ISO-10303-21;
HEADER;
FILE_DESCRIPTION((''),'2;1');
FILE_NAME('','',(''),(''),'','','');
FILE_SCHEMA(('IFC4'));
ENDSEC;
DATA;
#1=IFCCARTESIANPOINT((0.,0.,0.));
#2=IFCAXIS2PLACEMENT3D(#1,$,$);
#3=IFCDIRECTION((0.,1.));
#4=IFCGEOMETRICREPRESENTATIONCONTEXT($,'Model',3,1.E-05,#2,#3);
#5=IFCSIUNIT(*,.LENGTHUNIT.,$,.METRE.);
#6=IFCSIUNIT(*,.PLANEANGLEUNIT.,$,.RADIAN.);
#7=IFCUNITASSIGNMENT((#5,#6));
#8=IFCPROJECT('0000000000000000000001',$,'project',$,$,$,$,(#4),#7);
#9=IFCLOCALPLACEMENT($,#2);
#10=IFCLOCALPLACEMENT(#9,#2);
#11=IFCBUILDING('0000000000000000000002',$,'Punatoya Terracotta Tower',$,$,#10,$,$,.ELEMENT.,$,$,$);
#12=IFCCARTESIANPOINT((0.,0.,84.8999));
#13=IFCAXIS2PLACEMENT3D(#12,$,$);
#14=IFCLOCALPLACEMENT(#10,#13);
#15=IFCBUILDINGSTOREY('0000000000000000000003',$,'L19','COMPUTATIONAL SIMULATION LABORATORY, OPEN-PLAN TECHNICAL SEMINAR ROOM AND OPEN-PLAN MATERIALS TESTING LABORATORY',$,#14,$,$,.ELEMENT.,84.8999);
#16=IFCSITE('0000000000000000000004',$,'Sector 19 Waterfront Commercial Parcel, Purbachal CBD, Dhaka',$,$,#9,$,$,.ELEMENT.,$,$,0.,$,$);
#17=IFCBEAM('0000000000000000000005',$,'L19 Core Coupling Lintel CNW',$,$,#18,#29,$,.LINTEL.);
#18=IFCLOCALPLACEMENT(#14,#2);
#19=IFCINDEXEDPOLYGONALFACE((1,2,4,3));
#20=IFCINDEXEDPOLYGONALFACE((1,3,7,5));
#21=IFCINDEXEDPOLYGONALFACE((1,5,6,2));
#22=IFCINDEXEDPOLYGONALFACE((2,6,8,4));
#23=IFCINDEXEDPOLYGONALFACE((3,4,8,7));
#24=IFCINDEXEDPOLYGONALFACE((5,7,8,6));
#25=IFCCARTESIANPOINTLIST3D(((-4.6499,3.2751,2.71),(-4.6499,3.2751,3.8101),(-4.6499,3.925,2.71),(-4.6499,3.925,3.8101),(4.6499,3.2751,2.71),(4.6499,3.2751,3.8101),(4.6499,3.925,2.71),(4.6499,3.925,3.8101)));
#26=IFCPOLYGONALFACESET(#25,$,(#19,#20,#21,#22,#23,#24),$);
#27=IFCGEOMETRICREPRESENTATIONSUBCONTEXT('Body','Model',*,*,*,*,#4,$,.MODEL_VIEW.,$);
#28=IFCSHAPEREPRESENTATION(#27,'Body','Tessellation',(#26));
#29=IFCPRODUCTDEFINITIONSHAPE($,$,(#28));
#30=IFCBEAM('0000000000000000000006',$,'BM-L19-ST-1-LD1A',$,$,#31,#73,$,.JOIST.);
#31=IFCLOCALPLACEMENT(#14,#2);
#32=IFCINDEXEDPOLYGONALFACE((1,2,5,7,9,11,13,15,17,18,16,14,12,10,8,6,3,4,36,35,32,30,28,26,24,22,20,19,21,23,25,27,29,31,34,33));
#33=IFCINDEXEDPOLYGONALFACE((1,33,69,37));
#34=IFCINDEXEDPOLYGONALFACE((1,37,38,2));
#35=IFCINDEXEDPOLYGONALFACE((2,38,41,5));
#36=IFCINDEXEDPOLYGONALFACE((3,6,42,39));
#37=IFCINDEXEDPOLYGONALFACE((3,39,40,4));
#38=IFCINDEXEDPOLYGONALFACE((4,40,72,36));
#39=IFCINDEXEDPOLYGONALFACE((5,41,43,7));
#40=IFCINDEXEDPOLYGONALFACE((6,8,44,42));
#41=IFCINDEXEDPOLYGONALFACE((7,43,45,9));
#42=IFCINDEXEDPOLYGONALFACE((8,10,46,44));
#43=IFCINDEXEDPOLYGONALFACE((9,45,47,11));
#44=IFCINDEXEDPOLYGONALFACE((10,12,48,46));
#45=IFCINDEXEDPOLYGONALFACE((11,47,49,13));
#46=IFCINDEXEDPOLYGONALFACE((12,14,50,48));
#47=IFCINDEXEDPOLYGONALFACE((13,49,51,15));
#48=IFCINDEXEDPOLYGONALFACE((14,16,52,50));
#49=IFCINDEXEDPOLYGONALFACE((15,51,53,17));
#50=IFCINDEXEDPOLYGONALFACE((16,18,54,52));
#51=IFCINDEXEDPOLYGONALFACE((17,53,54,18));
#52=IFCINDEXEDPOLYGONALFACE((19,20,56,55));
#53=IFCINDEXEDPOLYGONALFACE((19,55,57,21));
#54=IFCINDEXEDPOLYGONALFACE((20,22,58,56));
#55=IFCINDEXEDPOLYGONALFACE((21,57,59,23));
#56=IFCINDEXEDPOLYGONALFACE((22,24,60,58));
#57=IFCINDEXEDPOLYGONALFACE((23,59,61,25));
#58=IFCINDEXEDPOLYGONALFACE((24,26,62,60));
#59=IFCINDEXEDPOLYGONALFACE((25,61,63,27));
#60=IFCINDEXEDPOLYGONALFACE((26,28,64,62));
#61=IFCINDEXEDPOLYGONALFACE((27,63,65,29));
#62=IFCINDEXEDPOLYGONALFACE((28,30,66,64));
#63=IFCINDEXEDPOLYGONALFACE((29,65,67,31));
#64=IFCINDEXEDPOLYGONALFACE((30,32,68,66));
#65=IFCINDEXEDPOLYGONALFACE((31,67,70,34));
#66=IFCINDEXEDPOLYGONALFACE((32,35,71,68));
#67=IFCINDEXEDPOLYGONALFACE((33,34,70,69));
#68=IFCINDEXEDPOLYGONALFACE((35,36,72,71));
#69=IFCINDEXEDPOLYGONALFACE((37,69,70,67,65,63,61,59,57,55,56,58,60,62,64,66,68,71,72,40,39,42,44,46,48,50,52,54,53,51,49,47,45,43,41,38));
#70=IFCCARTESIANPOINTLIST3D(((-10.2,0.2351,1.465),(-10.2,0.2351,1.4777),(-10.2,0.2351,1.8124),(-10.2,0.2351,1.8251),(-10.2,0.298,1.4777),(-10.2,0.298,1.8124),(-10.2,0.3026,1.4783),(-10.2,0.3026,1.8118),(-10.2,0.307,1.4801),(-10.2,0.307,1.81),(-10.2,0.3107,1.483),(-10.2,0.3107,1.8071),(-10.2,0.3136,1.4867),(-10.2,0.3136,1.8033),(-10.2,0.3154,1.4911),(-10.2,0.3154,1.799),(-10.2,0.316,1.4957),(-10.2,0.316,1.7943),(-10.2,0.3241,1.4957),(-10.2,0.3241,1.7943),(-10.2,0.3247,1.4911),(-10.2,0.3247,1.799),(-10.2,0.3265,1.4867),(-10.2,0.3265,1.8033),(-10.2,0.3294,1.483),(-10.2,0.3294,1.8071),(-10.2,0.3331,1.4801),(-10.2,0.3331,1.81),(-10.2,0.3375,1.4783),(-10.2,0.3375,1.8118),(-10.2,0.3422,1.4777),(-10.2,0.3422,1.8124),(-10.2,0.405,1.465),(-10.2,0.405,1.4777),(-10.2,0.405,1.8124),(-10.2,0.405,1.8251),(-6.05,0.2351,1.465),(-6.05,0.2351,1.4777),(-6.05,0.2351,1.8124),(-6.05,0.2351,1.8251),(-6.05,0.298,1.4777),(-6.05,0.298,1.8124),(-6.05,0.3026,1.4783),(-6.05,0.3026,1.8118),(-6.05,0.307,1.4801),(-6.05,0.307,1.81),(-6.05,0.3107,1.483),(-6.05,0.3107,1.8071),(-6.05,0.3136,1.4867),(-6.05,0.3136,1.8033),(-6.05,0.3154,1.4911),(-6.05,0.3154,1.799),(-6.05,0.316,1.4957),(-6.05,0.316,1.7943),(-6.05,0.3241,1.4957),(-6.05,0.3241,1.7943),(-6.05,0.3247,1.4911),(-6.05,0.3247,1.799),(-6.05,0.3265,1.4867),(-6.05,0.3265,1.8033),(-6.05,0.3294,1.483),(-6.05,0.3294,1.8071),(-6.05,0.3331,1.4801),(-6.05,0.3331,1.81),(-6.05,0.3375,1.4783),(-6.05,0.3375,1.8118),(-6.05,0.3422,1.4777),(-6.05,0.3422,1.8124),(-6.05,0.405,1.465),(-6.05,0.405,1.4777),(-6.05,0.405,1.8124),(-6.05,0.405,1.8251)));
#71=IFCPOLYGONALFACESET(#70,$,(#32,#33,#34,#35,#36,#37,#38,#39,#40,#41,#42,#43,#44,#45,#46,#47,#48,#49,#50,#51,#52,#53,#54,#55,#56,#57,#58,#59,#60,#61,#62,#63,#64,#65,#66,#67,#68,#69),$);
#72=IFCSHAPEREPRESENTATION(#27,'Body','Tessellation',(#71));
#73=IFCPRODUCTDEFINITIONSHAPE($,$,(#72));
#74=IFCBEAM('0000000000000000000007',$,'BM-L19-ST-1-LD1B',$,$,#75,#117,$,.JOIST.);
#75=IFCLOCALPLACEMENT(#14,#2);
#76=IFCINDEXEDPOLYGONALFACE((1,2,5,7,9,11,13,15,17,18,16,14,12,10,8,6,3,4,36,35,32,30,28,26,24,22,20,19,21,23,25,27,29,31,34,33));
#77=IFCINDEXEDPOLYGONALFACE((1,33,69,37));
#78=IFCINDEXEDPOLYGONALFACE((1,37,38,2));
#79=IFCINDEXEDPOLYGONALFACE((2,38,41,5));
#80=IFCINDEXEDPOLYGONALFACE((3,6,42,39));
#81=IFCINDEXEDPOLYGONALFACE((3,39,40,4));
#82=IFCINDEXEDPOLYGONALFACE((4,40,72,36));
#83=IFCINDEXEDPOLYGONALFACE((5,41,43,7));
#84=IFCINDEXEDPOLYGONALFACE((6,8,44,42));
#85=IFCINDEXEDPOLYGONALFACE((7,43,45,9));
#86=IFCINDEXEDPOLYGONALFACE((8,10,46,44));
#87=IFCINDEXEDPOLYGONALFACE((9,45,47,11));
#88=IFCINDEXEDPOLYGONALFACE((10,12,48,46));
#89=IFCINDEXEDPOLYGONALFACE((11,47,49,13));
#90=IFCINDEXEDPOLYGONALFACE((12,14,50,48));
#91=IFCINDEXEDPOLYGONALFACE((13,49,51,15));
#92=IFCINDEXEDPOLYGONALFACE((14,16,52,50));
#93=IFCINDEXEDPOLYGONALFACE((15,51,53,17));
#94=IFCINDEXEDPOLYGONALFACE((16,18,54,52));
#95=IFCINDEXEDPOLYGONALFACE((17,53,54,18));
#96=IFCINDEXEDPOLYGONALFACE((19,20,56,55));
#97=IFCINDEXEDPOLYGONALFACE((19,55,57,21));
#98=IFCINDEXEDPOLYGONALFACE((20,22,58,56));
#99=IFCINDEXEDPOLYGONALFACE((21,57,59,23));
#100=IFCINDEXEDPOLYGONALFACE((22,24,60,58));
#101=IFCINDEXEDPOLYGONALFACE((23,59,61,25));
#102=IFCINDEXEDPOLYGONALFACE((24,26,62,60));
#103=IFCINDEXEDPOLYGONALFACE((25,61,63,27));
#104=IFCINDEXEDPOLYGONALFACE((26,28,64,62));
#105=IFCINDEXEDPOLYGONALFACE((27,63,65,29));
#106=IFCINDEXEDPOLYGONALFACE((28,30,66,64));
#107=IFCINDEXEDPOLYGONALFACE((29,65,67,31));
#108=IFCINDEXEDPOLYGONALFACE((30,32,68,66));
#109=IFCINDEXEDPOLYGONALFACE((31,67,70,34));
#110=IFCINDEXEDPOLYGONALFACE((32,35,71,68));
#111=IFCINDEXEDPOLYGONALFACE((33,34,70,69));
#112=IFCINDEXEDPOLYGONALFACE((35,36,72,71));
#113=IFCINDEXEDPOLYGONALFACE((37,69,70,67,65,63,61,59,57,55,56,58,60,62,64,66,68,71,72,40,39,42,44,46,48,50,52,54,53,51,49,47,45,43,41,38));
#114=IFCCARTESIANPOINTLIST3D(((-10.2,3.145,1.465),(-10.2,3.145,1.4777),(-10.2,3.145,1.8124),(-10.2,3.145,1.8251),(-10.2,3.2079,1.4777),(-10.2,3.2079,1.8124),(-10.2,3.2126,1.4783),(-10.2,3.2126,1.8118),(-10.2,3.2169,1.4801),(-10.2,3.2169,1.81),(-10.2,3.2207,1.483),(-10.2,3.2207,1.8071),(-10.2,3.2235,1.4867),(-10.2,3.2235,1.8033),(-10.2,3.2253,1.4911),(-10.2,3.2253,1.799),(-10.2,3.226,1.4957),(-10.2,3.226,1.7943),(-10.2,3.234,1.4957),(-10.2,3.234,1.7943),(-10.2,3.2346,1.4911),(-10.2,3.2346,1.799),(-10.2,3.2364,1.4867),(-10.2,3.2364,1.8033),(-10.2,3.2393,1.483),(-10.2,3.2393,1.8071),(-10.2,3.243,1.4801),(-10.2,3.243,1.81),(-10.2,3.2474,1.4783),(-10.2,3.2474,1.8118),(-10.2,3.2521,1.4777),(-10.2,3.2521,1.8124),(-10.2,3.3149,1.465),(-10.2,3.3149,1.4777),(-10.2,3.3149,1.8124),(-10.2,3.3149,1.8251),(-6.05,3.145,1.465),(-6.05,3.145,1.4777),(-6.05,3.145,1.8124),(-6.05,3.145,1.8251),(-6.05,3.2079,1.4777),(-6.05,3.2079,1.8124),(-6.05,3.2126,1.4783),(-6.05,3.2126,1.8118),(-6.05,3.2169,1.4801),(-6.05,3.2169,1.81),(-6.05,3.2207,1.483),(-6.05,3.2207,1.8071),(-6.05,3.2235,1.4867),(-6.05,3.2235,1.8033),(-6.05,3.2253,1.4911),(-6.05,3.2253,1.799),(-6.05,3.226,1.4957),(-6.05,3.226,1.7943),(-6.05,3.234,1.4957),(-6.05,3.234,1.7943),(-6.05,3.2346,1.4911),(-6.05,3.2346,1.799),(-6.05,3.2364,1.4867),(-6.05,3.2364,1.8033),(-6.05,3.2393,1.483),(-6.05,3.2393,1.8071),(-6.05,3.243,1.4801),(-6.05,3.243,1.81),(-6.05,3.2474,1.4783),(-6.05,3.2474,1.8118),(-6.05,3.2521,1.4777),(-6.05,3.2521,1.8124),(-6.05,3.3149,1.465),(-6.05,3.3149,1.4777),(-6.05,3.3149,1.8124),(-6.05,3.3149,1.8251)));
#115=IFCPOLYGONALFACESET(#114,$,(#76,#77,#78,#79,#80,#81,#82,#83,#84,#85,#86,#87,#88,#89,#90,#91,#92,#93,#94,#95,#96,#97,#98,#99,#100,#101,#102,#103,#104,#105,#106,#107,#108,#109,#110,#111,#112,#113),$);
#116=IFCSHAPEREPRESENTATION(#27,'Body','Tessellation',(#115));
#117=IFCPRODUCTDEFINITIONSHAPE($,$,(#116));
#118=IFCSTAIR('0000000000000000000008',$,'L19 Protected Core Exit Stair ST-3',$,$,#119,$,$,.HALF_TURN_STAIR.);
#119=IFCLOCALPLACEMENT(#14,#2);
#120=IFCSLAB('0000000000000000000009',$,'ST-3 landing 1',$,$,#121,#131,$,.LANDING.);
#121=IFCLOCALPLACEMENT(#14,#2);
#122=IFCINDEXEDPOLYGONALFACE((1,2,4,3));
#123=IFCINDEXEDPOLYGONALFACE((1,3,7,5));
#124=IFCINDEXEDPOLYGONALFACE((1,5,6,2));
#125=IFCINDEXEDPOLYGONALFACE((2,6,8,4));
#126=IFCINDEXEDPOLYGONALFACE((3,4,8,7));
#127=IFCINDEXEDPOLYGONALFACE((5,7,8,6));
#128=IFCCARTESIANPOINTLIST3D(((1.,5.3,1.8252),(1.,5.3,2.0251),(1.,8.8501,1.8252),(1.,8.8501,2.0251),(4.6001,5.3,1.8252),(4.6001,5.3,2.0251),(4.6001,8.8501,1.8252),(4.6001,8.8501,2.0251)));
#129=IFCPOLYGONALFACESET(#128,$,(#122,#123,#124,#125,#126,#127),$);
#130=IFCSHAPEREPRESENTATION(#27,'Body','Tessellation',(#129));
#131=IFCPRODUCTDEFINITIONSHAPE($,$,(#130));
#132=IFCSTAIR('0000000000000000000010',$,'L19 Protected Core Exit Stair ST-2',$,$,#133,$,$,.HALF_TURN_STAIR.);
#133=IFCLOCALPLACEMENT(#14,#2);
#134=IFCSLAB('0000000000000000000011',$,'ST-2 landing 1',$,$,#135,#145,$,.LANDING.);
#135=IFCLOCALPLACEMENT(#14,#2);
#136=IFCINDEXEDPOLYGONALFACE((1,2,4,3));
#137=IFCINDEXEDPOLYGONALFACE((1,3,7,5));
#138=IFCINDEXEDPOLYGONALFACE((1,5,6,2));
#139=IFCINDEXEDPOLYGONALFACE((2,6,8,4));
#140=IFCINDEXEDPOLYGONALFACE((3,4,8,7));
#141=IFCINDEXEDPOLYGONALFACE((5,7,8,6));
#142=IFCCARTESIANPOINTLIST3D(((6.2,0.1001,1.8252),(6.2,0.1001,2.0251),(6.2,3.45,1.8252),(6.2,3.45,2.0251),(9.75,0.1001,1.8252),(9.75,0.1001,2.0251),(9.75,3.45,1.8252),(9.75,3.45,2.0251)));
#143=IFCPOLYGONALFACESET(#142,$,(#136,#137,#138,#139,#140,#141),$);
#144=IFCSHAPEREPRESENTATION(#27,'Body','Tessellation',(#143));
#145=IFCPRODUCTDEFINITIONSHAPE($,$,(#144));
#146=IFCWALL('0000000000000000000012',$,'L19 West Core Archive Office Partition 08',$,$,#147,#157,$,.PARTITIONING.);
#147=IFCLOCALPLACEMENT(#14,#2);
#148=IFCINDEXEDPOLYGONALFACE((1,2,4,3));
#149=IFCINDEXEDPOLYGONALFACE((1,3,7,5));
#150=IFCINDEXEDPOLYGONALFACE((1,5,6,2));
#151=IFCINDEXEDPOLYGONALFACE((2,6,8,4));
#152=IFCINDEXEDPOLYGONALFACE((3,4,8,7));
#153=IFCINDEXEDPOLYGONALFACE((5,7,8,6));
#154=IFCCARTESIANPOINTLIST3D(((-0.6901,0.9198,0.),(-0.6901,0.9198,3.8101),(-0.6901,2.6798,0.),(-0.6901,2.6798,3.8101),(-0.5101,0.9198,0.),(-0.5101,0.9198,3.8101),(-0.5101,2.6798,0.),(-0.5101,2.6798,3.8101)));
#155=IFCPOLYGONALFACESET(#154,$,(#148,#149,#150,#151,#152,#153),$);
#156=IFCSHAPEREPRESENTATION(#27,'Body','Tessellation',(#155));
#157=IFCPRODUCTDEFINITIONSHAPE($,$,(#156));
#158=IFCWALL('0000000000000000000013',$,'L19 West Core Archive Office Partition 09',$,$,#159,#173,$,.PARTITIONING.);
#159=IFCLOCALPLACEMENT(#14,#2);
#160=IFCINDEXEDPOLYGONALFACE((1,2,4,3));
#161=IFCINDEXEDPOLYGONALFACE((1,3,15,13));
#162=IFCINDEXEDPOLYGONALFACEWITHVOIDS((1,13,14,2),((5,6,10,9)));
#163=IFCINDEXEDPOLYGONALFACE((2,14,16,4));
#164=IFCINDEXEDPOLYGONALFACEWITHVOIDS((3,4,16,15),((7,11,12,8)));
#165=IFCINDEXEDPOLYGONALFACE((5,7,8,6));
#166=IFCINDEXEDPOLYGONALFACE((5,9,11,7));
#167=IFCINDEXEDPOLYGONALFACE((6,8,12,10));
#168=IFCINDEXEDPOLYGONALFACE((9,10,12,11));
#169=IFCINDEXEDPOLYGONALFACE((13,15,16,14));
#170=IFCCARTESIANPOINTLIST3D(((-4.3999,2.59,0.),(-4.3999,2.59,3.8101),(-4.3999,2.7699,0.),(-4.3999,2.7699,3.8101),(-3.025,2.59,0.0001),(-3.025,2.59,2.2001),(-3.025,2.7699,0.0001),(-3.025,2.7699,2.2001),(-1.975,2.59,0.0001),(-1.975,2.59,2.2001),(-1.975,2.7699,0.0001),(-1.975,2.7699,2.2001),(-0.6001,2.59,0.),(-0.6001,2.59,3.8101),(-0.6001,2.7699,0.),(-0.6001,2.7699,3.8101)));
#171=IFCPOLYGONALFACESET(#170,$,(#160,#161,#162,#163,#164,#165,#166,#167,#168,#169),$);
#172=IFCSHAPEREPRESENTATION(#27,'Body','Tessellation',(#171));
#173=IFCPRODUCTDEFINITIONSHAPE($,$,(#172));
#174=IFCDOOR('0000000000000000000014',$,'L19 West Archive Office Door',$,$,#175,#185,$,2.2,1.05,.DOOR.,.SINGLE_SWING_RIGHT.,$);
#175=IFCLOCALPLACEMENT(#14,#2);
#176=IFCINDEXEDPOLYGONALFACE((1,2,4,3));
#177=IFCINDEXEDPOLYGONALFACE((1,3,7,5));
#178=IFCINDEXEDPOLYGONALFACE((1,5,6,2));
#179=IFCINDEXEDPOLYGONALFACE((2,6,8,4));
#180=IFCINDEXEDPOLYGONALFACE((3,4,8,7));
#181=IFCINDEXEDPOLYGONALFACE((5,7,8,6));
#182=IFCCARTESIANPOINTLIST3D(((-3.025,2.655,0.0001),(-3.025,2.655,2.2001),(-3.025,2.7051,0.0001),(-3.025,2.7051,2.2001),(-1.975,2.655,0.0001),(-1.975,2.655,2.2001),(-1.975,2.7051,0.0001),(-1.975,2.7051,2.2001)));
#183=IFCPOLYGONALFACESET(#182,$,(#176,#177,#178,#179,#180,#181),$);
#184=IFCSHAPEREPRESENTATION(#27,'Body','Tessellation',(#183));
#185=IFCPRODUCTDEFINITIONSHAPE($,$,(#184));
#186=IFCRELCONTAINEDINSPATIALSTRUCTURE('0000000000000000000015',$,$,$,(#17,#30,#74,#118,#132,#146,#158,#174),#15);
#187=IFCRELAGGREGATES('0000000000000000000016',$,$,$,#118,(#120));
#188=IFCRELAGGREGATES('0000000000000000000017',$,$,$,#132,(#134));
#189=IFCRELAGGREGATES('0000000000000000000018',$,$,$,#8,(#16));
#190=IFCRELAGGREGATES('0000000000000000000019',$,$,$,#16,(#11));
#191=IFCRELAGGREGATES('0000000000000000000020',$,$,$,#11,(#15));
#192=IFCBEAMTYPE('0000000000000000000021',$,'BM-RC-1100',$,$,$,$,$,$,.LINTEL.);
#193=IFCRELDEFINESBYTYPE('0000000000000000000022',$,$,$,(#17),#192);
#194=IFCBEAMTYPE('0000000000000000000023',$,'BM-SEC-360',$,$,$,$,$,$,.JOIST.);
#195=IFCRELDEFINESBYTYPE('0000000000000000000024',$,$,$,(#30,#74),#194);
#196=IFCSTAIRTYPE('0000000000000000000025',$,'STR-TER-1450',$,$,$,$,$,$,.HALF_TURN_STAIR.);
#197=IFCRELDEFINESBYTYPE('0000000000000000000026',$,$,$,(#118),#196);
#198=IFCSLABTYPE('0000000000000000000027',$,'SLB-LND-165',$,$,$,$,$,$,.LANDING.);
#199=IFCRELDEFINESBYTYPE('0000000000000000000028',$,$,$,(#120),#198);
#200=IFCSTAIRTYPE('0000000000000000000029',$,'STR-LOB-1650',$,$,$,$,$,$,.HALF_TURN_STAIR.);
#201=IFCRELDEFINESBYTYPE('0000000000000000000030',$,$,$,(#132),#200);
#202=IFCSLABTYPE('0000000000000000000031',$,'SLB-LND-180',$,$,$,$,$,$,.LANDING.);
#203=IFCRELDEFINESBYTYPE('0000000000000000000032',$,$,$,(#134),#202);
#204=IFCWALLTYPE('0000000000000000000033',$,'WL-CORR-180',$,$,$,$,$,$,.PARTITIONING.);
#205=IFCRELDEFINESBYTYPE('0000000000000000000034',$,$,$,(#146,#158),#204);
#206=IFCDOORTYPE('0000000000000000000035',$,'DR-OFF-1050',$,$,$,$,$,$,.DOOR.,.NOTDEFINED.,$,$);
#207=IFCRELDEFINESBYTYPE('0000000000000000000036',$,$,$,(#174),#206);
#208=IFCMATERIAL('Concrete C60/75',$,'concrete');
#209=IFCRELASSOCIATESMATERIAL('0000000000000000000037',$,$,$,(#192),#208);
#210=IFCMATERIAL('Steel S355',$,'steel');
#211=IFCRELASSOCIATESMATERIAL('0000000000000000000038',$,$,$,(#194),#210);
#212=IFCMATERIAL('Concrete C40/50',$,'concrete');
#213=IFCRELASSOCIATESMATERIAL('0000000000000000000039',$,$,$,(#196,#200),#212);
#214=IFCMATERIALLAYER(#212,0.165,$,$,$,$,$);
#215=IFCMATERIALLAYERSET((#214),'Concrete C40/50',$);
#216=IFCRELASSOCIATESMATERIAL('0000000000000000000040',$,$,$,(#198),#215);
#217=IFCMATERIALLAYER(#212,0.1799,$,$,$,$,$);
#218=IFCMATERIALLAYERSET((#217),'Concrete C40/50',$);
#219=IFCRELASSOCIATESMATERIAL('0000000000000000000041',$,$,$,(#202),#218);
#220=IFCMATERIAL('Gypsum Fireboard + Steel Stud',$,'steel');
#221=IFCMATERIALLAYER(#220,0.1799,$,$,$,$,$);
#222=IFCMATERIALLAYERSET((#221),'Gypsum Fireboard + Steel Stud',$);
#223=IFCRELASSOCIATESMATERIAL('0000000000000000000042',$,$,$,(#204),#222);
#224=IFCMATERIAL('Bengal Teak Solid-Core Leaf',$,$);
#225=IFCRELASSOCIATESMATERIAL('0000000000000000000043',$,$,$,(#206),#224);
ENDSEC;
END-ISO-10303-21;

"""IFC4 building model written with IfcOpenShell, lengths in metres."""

from ifc_helpers import new_model, si_unit, direction, frame, frame_2d, origin, origin_2d, place, context, subcontext, project, spatial, polyline, rectangle, i_section, outline, extrude, material, layer, layer_set, material_profile, profile_set, type_object, element, fill, aggregate, save


model = new_model("IFC4")

# Units and contexts
model_context = context("Model", 3, precision=1e-05, world=origin(), true_north=direction((0.0, 1.0)))
body_context = subcontext(model_context, "Body", "Model", "MODEL_VIEW")
ifc_project = project(units=[si_unit("LENGTHUNIT", "METRE"), si_unit("PLANEANGLEUNIT", "RADIAN")], contexts=[model_context])

# Site, building, storey
site_placement = place(None, origin())
site = spatial("IfcSite", under=ifc_project, at=site_placement, Name="Sector 19 Waterfront Commercial Parcel, Purbachal CBD, Dhaka", CompositionType="ELEMENT", RefElevation=0.0)
building_placement = place(site_placement, origin())
building = spatial("IfcBuilding", under=site, at=building_placement, Name="Punatoya Terracotta Tower", CompositionType="ELEMENT")
storey_placement = place(building_placement, frame((0.0, 0.0, 84.8999)))
storey = spatial("IfcBuildingStorey", under=building, at=storey_placement, Name="L19", Description="COMPUTATIONAL SIMULATION LABORATORY, OPEN-PLAN TECHNICAL SEMINAR ROOM AND OPEN-PLAN MATERIALS TESTING LABORATORY", CompositionType="ELEMENT", Elevation=84.8999)

# Beams
ifc_material_1 = material(Name="Concrete C60/75", Category="concrete")
ifc_material_profile_1 = material_profile(ifc_material_1, rectangle(XDim=0.6499, YDim=1.1001, at=origin_2d()))
ifc_profile_set_1 = profile_set([ifc_material_profile_1], Name="Concrete C60/75")
beam_type_1 = type_object("IfcBeamType", Name="BM-RC-1100", PredefinedType="LINTEL", material=ifc_profile_set_1)
beam_placement = place(storey_placement, frame((-4.6499, 3.6001, 3.26), z_axis=(1.0, 0.0, 0.0), x_axis=(0.0, 1.0, 0.0)))
element("IfcBeam", 1, at=beam_placement, inside=storey, type_object=beam_type_1, Name="L19 Core Coupling Lintel CNW", PredefinedType="LINTEL", context=body_context, shape_type="SweptSolid", body=[
    extrude(rectangle(XDim=0.6499, YDim=1.1001, at=origin_2d()), origin(), (0.0, 0.0, 1.0), 9.2998),
])
ifc_material_2 = material(Name="Steel S355", Category="steel")
ifc_material_profile_2 = material_profile(ifc_material_2, i_section(OverallWidth=0.1699, OverallDepth=0.3601, WebThickness=0.0081, FlangeThickness=0.0127, FilletRadius=0.0181, at=origin_2d()))
ifc_profile_set_2 = profile_set([ifc_material_profile_2], Name="Steel S355")
beam_type_2 = type_object("IfcBeamType", Name="BM-SEC-360", PredefinedType="JOIST", material=ifc_profile_set_2)
for number, where, z_axis, x_axis, name in (
    (2, (-10.2, 0.3201, 1.645), (1.0, 0.0, 0.0), (0.0, 1.0, 0.0), "BM-L19-ST-1-LD1A"),
    (3, (-10.2, 3.23, 1.645), (1.0, 0.0, 0.0), (0.0, 1.0, 0.0), "BM-L19-ST-1-LD1B"),
):
    element("IfcBeam", number, at=place(storey_placement, frame(where, z_axis=z_axis, x_axis=x_axis)), inside=storey, type_object=beam_type_2, Name=name, PredefinedType="JOIST", context=body_context, shape_type="SweptSolid", body=[
        extrude(i_section(OverallWidth=0.1699, OverallDepth=0.3601, WebThickness=0.0081, FlangeThickness=0.0127, FilletRadius=0.0181, at=origin_2d()), origin(), (0.0, 0.0, 1.0), 4.1499),
    ])

# Stairs, slabs
ifc_material_3 = material(Name="Concrete C40/50", Category="concrete")
stair_type_1 = type_object("IfcStairType", Name="STR-TER-1450", PredefinedType="HALF_TURN_STAIR", material=ifc_material_3)
stair_1_placement = place(storey_placement, origin())
stair_1 = element("IfcStair", 4, at=stair_1_placement, inside=storey, type_object=stair_type_1, Name="L19 Protected Core Exit Stair ST-3", PredefinedType="HALF_TURN_STAIR")
ifc_layer_1 = layer(ifc_material_3, 0.165)
ifc_layer_set_1 = layer_set([ifc_layer_1], Name="Concrete C40/50")
slab_type_1 = type_object("IfcSlabType", Name="SLB-LND-165", PredefinedType="LANDING", material=ifc_layer_set_1)
slab_1_placement = place(storey_placement, frame((0.0, 0.0, 1.8252)))
slab_1 = element("IfcSlab", 5, at=slab_1_placement, type_object=slab_type_1, Name="ST-3 landing 1", PredefinedType="LANDING", context=body_context, shape_type="SweptSolid", body=[
    extrude(outline(polyline([(1.0, 5.3), (4.6001, 5.3), (4.6001, 8.8501), (1.0, 8.8501), (1.0, 5.3)])), origin(), (0.0, 0.0, 1.0), 0.2),
])
aggregate(stair_1, [slab_1])
stair_type_2 = type_object("IfcStairType", Name="STR-LOB-1650", PredefinedType="HALF_TURN_STAIR", material=ifc_material_3)
stair_2_placement = place(storey_placement, origin())
stair_2 = element("IfcStair", 6, at=stair_2_placement, inside=storey, type_object=stair_type_2, Name="L19 Protected Core Exit Stair ST-2", PredefinedType="HALF_TURN_STAIR")
ifc_layer_2 = layer(ifc_material_3, 0.1799)
ifc_layer_set_2 = layer_set([ifc_layer_2], Name="Concrete C40/50")
slab_type_2 = type_object("IfcSlabType", Name="SLB-LND-180", PredefinedType="LANDING", material=ifc_layer_set_2)
slab_2_placement = place(storey_placement, frame((0.0, 0.0, 1.8252)))
slab_2 = element("IfcSlab", 7, at=slab_2_placement, type_object=slab_type_2, Name="ST-2 landing 1", PredefinedType="LANDING", context=body_context, shape_type="SweptSolid", body=[
    extrude(outline(polyline([(9.75, 0.1001), (9.75, 3.45), (6.2, 3.45), (6.2, 0.1001), (9.75, 0.1001)])), origin(), (0.0, 0.0, 1.0), 0.2),
])
aggregate(stair_2, [slab_2])

# Wall
ifc_material_4 = material(Name="Gypsum Fireboard + Steel Stud", Category="steel")
ifc_layer_3 = layer(ifc_material_4, 0.1799)
ifc_layer_set_3 = layer_set([ifc_layer_3], Name="Gypsum Fireboard + Steel Stud")
wall_type_1 = type_object("IfcWallType", Name="WL-CORR-180", PredefinedType="PARTITIONING", material=ifc_layer_set_3)
wall_1_placement = place(storey_placement, frame((-0.6001, 0.9199, 0.0), z_axis=(0.0, 0.0, 1.0), x_axis=(0.0, 1.0, 0.0)))
element("IfcWall", 8, at=wall_1_placement, inside=storey, type_object=wall_type_1, Name="L19 West Core Archive Office Partition 08", PredefinedType="PARTITIONING", context=body_context, shape_type="SweptSolid", body=[
    extrude(rectangle(XDim=1.76, YDim=0.1799, at=frame_2d((0.8799, 0.0))), origin(), (0.0, 0.0, 1.0), 3.8101),
])

# Wall, opening, door
wall_2_placement = place(storey_placement, frame((-0.6001, 2.6799, 0.0), z_axis=(0.0, 0.0, 1.0), x_axis=(-1.0, 0.0, 0.0)))
wall_2 = element("IfcWall", 9, at=wall_2_placement, inside=storey, type_object=wall_type_1, Name="L19 West Core Archive Office Partition 09", PredefinedType="PARTITIONING", context=body_context, shape_type="SweptSolid", body=[
    extrude(rectangle(XDim=3.7998, YDim=0.1799, at=frame_2d((1.8999, 0.0))), origin(), (0.0, 0.0, 1.0), 3.8101),
])
opening_1_placement = place(wall_2_placement, frame((1.375, 0.0, 0.0)))
opening_1 = element("IfcOpeningElement", 10, at=opening_1_placement, cuts=wall_2, PredefinedType="OPENING", context=body_context, shape_type="SweptSolid", body=[
    extrude(rectangle(XDim=1.05, YDim=2.2, at=frame_2d((0.5249, 1.1001))), frame((0.0, 0.0999, 0.0), z_axis=(0.0, -1.0, 0.0), x_axis=(1.0, 0.0, 0.0)), (0.0, 0.0, 1.0), 0.2),
])
ifc_material_5 = material(Name="Bengal Teak Solid-Core Leaf")
door_type_1 = type_object("IfcDoorType", Name="DR-OFF-1050", OperationType="NOTDEFINED", PredefinedType="DOOR", material=ifc_material_5)
door_1_placement = place(opening_1_placement, origin())
door_1 = element("IfcDoor", 11, at=door_1_placement, inside=storey, type_object=door_type_1, Name="L19 West Archive Office Door", OperationType="SINGLE_SWING_RIGHT", OverallHeight=2.2, OverallWidth=1.05, PredefinedType="DOOR", context=body_context, shape_type="SweptSolid", body=[
    extrude(rectangle(XDim=1.05, YDim=2.2, at=frame_2d((0.5249, 1.1001))), frame((0.0, 0.0249, 0.0), z_axis=(0.0, -1.0, 0.0), x_axis=(1.0, 0.0, 0.0)), (0.0, 0.0, 1.0), 0.05),
])
fill(opening_1, door_1)

save(model, "model.ifc")
